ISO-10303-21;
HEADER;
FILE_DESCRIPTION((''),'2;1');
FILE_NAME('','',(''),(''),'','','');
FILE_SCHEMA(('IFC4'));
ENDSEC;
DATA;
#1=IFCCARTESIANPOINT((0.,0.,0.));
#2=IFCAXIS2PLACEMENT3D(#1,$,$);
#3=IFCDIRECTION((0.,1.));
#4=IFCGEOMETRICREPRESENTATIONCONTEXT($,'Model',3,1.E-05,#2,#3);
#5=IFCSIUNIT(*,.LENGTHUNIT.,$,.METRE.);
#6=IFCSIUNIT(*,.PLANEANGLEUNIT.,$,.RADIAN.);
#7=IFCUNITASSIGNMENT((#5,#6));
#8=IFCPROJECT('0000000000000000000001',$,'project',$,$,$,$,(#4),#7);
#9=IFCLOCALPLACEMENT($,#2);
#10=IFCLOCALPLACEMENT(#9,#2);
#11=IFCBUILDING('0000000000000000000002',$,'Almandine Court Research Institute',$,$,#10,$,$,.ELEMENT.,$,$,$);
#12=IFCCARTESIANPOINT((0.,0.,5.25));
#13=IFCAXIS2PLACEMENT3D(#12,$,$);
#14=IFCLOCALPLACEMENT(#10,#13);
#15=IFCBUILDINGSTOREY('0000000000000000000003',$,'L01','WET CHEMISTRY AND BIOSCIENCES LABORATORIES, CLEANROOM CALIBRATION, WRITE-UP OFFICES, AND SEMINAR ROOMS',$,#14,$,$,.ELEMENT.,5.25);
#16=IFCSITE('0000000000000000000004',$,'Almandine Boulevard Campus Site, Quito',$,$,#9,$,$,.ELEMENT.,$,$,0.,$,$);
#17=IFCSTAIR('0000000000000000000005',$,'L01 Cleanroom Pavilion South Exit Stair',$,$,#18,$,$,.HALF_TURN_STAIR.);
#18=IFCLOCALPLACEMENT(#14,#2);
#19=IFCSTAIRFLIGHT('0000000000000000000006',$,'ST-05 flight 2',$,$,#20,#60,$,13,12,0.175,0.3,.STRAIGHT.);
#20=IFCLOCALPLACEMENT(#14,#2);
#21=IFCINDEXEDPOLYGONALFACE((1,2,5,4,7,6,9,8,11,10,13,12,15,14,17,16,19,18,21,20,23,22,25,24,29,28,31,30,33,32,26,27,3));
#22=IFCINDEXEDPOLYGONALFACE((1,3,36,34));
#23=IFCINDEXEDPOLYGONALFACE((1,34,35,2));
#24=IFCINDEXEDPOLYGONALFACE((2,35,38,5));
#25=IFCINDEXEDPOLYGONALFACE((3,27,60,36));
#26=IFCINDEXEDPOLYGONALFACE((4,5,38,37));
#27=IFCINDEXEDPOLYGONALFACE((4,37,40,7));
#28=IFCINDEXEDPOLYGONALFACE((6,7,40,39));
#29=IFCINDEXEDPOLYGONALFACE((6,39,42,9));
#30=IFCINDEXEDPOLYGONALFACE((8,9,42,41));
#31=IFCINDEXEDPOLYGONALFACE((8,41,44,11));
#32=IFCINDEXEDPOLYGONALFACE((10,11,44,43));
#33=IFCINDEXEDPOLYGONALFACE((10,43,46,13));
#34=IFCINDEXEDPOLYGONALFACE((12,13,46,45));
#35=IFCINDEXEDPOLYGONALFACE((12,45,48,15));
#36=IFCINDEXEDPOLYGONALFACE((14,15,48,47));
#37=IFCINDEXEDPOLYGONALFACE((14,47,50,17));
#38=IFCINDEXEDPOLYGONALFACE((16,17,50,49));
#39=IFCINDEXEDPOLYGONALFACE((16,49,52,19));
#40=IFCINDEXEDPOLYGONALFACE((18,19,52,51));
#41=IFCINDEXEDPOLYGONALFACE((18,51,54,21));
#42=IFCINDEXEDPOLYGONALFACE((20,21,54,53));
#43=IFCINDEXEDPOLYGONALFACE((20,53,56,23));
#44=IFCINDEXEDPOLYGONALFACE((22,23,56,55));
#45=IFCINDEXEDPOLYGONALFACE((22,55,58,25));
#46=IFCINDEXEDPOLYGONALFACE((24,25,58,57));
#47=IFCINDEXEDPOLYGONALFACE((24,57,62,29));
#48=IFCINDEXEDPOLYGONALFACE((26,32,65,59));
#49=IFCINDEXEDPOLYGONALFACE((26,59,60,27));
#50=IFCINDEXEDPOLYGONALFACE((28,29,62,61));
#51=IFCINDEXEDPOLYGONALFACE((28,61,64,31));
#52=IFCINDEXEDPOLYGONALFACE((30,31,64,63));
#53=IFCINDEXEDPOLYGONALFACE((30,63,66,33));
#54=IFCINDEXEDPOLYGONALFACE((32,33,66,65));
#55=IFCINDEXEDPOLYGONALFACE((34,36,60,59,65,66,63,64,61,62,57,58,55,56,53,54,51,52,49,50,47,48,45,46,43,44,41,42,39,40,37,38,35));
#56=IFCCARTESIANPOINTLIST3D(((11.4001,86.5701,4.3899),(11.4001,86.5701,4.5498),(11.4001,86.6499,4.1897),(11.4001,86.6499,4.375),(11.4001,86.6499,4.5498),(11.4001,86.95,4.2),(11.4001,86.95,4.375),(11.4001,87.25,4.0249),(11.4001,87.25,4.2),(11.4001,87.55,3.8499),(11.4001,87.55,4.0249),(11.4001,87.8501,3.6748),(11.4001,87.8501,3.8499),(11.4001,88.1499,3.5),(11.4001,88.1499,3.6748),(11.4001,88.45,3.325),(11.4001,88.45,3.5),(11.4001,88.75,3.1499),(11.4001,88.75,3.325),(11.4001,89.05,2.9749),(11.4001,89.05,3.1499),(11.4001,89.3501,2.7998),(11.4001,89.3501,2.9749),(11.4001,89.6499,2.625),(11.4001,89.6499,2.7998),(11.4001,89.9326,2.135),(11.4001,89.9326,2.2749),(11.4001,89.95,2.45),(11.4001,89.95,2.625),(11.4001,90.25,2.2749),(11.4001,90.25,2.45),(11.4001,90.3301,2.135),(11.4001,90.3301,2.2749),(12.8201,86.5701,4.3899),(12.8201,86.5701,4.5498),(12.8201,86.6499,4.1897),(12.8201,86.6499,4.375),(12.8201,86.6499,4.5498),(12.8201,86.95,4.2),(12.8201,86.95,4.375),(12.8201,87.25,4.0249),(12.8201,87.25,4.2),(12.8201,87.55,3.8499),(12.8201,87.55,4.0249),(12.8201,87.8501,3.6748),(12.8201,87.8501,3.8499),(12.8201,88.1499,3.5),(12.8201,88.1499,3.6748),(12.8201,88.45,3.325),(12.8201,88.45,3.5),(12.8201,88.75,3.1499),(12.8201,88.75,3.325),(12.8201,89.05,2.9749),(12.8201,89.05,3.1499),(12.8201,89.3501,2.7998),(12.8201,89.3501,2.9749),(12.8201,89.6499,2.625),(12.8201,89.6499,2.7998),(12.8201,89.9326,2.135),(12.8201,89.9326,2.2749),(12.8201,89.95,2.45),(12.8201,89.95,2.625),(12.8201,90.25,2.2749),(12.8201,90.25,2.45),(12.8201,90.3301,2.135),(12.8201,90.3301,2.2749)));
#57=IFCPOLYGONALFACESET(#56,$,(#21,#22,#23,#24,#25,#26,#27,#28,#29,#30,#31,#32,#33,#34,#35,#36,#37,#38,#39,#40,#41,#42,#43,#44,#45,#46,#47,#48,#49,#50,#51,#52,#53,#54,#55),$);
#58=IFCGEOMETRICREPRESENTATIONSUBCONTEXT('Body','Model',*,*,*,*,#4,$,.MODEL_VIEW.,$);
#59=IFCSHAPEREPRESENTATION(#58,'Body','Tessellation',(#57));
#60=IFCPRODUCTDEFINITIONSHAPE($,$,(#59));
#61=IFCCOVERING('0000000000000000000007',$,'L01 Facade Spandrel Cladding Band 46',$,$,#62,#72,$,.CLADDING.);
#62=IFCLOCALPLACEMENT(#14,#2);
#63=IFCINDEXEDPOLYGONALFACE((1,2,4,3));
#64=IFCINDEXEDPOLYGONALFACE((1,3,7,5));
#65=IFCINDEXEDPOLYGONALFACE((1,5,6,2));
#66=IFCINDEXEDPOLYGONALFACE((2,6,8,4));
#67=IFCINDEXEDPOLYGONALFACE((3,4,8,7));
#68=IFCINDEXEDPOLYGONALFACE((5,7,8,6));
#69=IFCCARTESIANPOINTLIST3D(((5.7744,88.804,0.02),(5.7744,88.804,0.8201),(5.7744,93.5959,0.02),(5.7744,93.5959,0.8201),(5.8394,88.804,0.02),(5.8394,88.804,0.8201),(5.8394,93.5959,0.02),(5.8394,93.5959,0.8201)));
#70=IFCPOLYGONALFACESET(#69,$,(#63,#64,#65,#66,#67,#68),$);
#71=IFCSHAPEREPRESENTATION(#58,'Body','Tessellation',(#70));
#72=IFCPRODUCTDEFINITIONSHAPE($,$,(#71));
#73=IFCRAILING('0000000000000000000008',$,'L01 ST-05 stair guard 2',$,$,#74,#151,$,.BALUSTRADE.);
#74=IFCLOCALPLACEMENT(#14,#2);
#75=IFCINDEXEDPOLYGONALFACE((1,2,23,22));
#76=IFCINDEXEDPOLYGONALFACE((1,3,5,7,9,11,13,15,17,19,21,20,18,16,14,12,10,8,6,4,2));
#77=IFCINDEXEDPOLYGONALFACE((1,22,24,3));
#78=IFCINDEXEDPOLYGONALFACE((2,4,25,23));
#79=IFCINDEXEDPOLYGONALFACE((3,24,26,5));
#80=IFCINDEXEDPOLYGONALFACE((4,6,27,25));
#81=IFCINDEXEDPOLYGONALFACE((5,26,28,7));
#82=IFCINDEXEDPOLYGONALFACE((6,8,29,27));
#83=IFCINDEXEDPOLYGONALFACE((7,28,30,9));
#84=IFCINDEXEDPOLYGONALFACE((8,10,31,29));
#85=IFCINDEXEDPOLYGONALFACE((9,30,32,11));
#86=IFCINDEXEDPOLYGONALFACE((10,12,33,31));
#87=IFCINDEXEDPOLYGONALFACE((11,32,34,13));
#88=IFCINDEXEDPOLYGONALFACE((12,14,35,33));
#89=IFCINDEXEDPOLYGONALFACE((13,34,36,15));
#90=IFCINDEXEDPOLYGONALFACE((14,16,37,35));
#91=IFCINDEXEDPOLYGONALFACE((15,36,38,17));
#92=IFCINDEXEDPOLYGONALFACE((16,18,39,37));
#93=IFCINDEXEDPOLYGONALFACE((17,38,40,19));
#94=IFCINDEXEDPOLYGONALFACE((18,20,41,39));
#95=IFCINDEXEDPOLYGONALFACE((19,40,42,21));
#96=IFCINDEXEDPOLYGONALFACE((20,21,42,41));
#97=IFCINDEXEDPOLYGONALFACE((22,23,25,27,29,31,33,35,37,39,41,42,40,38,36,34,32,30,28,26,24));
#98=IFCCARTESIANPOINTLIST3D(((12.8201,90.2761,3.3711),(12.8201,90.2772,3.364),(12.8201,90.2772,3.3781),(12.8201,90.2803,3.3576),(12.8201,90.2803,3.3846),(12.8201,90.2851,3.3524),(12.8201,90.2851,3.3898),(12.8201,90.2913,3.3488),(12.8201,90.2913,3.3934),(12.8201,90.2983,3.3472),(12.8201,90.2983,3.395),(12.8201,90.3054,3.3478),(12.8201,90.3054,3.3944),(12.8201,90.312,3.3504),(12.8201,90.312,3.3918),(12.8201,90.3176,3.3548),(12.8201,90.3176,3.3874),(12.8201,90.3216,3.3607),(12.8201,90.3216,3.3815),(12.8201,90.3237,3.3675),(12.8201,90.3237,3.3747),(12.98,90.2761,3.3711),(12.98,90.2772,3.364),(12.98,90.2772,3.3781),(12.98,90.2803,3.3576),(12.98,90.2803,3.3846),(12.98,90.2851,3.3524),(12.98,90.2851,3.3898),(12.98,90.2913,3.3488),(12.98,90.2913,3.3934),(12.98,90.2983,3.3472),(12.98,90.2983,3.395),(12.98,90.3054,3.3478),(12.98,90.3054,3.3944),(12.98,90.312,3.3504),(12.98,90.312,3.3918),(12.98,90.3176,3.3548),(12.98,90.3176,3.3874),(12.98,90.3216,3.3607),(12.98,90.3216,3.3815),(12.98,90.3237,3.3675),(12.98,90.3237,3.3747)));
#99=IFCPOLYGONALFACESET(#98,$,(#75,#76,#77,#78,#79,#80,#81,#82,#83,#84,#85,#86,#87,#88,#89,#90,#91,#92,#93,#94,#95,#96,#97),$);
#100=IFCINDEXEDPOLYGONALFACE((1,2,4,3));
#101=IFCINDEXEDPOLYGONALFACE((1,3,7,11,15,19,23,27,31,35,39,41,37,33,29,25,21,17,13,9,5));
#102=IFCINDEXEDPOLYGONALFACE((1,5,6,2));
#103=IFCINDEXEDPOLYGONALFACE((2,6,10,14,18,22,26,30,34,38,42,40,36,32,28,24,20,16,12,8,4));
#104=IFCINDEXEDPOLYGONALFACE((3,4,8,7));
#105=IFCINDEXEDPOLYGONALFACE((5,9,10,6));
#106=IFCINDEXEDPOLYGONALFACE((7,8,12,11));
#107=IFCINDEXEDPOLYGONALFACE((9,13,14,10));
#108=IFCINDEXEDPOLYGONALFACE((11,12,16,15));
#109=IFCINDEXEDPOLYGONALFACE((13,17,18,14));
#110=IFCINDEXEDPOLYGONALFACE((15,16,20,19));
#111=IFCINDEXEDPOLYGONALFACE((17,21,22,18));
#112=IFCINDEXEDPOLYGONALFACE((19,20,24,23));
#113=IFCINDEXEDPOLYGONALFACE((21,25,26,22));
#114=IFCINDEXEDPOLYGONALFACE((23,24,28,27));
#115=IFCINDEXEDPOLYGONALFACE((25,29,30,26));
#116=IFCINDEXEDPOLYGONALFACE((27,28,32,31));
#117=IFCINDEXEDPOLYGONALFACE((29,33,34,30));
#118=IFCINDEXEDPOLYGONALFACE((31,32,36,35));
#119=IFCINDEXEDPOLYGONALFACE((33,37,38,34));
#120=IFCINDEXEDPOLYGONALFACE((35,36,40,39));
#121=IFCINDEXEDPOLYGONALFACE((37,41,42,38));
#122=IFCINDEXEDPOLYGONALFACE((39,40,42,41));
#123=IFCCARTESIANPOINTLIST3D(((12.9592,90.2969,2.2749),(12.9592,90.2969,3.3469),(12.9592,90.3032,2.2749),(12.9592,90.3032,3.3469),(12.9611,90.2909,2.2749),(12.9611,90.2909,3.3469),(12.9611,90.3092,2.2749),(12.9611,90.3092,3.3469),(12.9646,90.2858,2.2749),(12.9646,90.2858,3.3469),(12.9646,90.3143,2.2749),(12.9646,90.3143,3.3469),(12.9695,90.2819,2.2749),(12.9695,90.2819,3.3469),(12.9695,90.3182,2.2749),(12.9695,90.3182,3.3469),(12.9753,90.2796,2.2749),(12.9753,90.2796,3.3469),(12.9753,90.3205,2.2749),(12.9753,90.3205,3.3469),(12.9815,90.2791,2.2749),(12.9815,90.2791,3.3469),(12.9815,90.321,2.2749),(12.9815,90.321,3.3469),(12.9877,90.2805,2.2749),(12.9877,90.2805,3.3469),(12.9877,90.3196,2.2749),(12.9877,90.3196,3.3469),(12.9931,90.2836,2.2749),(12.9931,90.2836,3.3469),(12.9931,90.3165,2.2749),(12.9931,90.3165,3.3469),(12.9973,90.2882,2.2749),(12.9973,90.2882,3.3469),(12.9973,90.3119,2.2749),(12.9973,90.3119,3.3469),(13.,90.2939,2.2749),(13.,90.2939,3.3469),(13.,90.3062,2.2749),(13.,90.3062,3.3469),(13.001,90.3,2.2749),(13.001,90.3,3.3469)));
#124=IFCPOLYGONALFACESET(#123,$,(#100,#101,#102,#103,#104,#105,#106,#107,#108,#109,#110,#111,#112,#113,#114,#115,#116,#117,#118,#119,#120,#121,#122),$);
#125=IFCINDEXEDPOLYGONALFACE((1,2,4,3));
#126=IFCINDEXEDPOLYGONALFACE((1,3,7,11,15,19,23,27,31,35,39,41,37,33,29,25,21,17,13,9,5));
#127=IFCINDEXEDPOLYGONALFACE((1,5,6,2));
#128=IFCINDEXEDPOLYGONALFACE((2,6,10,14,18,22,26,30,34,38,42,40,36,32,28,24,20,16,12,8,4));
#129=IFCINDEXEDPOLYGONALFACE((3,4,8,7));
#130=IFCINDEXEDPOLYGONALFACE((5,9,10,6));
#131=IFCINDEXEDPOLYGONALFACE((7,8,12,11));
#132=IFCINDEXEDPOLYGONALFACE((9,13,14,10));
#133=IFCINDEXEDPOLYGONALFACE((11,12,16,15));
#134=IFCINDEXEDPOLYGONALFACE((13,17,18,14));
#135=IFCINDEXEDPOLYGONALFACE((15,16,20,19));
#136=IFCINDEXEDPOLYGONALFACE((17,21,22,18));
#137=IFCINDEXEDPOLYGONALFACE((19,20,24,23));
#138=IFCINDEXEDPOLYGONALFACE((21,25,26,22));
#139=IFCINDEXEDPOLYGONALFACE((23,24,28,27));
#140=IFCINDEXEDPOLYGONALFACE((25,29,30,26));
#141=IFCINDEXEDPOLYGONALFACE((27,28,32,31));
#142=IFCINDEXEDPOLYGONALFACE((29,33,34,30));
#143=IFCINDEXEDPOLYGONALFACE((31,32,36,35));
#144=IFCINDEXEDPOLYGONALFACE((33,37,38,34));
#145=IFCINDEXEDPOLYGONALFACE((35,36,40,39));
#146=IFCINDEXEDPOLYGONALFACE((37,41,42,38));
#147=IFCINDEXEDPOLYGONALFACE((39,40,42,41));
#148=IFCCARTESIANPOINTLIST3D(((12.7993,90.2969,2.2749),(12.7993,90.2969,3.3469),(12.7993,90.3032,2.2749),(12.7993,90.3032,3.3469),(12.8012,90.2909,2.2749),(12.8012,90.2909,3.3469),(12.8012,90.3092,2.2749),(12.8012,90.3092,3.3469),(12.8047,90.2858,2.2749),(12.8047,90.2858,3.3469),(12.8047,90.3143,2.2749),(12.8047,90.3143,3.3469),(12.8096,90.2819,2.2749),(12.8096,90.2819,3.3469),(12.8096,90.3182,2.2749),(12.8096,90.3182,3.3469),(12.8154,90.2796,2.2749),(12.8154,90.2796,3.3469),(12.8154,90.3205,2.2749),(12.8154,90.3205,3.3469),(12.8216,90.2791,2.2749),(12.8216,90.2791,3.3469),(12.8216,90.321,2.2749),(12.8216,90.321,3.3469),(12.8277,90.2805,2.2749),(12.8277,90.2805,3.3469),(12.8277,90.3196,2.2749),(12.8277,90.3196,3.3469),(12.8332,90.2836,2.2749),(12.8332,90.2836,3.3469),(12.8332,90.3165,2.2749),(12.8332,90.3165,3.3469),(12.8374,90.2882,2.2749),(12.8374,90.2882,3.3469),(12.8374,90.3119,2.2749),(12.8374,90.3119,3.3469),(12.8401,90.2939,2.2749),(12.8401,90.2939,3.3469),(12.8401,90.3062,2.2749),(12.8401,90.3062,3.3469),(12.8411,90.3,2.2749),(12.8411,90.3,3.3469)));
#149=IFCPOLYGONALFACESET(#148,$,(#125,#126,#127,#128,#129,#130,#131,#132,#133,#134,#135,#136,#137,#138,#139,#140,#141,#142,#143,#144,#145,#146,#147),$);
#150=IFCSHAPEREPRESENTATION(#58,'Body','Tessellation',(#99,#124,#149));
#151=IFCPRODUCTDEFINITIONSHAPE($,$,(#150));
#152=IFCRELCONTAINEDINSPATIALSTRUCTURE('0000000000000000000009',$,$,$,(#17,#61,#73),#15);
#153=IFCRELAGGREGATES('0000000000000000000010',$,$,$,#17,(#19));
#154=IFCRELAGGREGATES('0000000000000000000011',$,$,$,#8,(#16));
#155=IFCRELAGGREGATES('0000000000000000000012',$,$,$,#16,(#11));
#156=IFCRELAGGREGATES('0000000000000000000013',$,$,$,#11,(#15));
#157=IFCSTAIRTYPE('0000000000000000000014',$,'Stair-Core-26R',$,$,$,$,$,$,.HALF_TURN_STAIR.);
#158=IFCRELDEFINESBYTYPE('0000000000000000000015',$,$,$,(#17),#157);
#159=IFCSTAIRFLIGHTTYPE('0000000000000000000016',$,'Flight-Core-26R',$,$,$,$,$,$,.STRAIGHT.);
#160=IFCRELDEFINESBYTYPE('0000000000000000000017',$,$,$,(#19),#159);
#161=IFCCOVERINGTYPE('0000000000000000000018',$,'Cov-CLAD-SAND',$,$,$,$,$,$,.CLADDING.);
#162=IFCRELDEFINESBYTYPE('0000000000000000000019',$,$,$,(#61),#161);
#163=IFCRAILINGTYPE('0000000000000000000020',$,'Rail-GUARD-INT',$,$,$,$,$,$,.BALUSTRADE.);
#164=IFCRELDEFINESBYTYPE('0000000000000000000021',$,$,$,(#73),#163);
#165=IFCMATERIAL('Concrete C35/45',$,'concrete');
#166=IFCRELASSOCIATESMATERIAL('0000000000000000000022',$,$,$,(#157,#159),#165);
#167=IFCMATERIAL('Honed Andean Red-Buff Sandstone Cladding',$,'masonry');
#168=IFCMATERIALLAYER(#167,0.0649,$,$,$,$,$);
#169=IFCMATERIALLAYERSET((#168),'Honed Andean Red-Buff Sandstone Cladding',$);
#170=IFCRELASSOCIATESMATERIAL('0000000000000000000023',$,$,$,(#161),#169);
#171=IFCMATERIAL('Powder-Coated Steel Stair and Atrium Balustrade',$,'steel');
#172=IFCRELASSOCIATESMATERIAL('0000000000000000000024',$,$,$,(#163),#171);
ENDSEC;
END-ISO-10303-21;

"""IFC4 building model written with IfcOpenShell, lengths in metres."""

from ifc_helpers import new_model, si_unit, direction, frame, origin, origin_2d, place, context, subcontext, project, spatial, polyline, rectangle, circle, outline, extrude, material, layer, layer_set, type_object, element, aggregate, save


model = new_model("IFC4")

# Units and contexts
model_context = context("Model", 3, precision=1e-05, world=origin(), true_north=direction((0.0, 1.0)))
body_context = subcontext(model_context, "Body", "Model", "MODEL_VIEW")
ifc_project = project(units=[si_unit("LENGTHUNIT", "METRE"), si_unit("PLANEANGLEUNIT", "RADIAN")], contexts=[model_context])

# Site, building, storey
site_placement = place(None, origin())
site = spatial("IfcSite", under=ifc_project, at=site_placement, Name="Almandine Boulevard Campus Site, Quito", CompositionType="ELEMENT", RefElevation=0.0)
building_placement = place(site_placement, origin())
building = spatial("IfcBuilding", under=site, at=building_placement, Name="Almandine Court Research Institute", CompositionType="ELEMENT")
storey_placement = place(building_placement, frame((0.0, 0.0, 5.25)))
storey = spatial("IfcBuildingStorey", under=building, at=storey_placement, Name="L01", Description="WET CHEMISTRY AND BIOSCIENCES LABORATORIES, CLEANROOM CALIBRATION, WRITE-UP OFFICES, AND SEMINAR ROOMS", CompositionType="ELEMENT", Elevation=5.25)

# Stair, stair flight
ifc_material_1 = material(Name="Concrete C35/45", Category="concrete")
stair_type = type_object("IfcStairType", Name="Stair-Core-26R", PredefinedType="HALF_TURN_STAIR", material=ifc_material_1)
stair_placement = place(storey_placement, origin())
stair = element("IfcStair", 1, at=stair_placement, inside=storey, type_object=stair_type, Name="L01 Cleanroom Pavilion South Exit Stair", PredefinedType="HALF_TURN_STAIR")
stair_flight_type = type_object("IfcStairFlightType", Name="Flight-Core-26R", PredefinedType="STRAIGHT", material=ifc_material_1)
stair_flight_placement = place(storey_placement, frame((12.1101, 90.25, 2.2749), z_axis=(0.0, 0.0, 1.0), x_axis=(0.0, -1.0, 0.0)))
stair_flight = element("IfcStairFlight", 2, at=stair_flight_placement, type_object=stair_flight_type, Name="ST-05 flight 2", NumberOfRisers=13, NumberOfTreads=12, PredefinedType="STRAIGHT", RiserHeight=0.175, TreadLength=0.3, context=body_context, shape_type="SweptSolid", body=[
    extrude(outline(polyline([(-0.0801, -0.1399), (-0.0801, 0.0), (0.0, 0.0), (0.0, 0.175), (0.3, 0.175), (0.3, 0.3501), (0.6001, 0.3501), (0.6001, 0.5249), (0.8999, 0.5249), (0.8999, 0.7), (1.2, 0.7), (1.2, 0.875), (1.5, 0.875), (1.5, 1.05), (1.8, 1.05), (1.8, 1.2251), (2.1001, 1.2251), (2.1001, 1.3999), (2.3999, 1.3999), (2.3999, 1.575), (2.7, 1.575), (2.7, 1.75), (3.0, 1.75), (3.0, 1.925), (3.3, 1.925), (3.3, 2.1001), (3.6001, 2.1001), (3.6001, 2.2749), (3.6799, 2.2749), (3.6799, 2.115), (3.6001, 1.9148), (0.3174, 0.0), (0.3174, -0.1399), (-0.0801, -0.1399)])), frame((0.0, 0.71, 0.0), z_axis=(0.0, -1.0, 0.0), x_axis=(1.0, 0.0, 0.0)), (0.0, 0.0, 1.0), 1.4199),
])
aggregate(stair, [stair_flight])

# Covering
ifc_material_2 = material(Name="Honed Andean Red-Buff Sandstone Cladding", Category="masonry")
ifc_layer_1 = layer(ifc_material_2, 0.0649)
ifc_layer_set_1 = layer_set([ifc_layer_1], Name="Honed Andean Red-Buff Sandstone Cladding")
covering_type = type_object("IfcCoveringType", Name="Cov-CLAD-SAND", PredefinedType="CLADDING", material=ifc_layer_set_1)
covering_placement = place(storey_placement, frame((5.8069, 91.2, 0.02), z_axis=(0.0, 0.0, 1.0), x_axis=(0.0, 1.0, 0.0)))
element("IfcCovering", 3, at=covering_placement, inside=storey, type_object=covering_type, Name="L01 Facade Spandrel Cladding Band 46", PredefinedType="CLADDING", context=body_context, shape_type="SweptSolid", body=[
    extrude(rectangle(XDim=4.792, YDim=0.0649, at=origin_2d()), origin(), (0.0, 0.0, 1.0), 0.8),
])

# Railing
ifc_material_3 = material(Name="Powder-Coated Steel Stair and Atrium Balustrade", Category="steel")
railing_type_1 = type_object("IfcRailingType", Name="Rail-GUARD-INT", PredefinedType="BALUSTRADE", material=ifc_material_3)
railing_1_placement = place(storey_placement, frame((12.98, 90.3, 2.2749)))
element("IfcRailing", 4, at=railing_1_placement, inside=storey, type_object=railing_type_1, Name="L01 ST-05 stair guard 2", PredefinedType="BALUSTRADE", context=body_context, shape_type="SweptSolid", body=[
    extrude(circle(Radius=0.0239, at=origin_2d()), frame((0.0, 0.0, 1.0962), z_axis=(-1.0, 0.0, 0.0), x_axis=(0.0, -1.0, 0.0)), (0.0, 0.0, 1.0), 0.1599),
    extrude(circle(Radius=0.021, at=origin_2d()), origin(), (0.0, 0.0, 1.0), 1.072),
    extrude(circle(Radius=0.021, at=origin_2d()), frame((-0.1599, 0.0, 0.0)), (0.0, 0.0, 1.0), 1.072),
])

save(model, "model.ifc")
